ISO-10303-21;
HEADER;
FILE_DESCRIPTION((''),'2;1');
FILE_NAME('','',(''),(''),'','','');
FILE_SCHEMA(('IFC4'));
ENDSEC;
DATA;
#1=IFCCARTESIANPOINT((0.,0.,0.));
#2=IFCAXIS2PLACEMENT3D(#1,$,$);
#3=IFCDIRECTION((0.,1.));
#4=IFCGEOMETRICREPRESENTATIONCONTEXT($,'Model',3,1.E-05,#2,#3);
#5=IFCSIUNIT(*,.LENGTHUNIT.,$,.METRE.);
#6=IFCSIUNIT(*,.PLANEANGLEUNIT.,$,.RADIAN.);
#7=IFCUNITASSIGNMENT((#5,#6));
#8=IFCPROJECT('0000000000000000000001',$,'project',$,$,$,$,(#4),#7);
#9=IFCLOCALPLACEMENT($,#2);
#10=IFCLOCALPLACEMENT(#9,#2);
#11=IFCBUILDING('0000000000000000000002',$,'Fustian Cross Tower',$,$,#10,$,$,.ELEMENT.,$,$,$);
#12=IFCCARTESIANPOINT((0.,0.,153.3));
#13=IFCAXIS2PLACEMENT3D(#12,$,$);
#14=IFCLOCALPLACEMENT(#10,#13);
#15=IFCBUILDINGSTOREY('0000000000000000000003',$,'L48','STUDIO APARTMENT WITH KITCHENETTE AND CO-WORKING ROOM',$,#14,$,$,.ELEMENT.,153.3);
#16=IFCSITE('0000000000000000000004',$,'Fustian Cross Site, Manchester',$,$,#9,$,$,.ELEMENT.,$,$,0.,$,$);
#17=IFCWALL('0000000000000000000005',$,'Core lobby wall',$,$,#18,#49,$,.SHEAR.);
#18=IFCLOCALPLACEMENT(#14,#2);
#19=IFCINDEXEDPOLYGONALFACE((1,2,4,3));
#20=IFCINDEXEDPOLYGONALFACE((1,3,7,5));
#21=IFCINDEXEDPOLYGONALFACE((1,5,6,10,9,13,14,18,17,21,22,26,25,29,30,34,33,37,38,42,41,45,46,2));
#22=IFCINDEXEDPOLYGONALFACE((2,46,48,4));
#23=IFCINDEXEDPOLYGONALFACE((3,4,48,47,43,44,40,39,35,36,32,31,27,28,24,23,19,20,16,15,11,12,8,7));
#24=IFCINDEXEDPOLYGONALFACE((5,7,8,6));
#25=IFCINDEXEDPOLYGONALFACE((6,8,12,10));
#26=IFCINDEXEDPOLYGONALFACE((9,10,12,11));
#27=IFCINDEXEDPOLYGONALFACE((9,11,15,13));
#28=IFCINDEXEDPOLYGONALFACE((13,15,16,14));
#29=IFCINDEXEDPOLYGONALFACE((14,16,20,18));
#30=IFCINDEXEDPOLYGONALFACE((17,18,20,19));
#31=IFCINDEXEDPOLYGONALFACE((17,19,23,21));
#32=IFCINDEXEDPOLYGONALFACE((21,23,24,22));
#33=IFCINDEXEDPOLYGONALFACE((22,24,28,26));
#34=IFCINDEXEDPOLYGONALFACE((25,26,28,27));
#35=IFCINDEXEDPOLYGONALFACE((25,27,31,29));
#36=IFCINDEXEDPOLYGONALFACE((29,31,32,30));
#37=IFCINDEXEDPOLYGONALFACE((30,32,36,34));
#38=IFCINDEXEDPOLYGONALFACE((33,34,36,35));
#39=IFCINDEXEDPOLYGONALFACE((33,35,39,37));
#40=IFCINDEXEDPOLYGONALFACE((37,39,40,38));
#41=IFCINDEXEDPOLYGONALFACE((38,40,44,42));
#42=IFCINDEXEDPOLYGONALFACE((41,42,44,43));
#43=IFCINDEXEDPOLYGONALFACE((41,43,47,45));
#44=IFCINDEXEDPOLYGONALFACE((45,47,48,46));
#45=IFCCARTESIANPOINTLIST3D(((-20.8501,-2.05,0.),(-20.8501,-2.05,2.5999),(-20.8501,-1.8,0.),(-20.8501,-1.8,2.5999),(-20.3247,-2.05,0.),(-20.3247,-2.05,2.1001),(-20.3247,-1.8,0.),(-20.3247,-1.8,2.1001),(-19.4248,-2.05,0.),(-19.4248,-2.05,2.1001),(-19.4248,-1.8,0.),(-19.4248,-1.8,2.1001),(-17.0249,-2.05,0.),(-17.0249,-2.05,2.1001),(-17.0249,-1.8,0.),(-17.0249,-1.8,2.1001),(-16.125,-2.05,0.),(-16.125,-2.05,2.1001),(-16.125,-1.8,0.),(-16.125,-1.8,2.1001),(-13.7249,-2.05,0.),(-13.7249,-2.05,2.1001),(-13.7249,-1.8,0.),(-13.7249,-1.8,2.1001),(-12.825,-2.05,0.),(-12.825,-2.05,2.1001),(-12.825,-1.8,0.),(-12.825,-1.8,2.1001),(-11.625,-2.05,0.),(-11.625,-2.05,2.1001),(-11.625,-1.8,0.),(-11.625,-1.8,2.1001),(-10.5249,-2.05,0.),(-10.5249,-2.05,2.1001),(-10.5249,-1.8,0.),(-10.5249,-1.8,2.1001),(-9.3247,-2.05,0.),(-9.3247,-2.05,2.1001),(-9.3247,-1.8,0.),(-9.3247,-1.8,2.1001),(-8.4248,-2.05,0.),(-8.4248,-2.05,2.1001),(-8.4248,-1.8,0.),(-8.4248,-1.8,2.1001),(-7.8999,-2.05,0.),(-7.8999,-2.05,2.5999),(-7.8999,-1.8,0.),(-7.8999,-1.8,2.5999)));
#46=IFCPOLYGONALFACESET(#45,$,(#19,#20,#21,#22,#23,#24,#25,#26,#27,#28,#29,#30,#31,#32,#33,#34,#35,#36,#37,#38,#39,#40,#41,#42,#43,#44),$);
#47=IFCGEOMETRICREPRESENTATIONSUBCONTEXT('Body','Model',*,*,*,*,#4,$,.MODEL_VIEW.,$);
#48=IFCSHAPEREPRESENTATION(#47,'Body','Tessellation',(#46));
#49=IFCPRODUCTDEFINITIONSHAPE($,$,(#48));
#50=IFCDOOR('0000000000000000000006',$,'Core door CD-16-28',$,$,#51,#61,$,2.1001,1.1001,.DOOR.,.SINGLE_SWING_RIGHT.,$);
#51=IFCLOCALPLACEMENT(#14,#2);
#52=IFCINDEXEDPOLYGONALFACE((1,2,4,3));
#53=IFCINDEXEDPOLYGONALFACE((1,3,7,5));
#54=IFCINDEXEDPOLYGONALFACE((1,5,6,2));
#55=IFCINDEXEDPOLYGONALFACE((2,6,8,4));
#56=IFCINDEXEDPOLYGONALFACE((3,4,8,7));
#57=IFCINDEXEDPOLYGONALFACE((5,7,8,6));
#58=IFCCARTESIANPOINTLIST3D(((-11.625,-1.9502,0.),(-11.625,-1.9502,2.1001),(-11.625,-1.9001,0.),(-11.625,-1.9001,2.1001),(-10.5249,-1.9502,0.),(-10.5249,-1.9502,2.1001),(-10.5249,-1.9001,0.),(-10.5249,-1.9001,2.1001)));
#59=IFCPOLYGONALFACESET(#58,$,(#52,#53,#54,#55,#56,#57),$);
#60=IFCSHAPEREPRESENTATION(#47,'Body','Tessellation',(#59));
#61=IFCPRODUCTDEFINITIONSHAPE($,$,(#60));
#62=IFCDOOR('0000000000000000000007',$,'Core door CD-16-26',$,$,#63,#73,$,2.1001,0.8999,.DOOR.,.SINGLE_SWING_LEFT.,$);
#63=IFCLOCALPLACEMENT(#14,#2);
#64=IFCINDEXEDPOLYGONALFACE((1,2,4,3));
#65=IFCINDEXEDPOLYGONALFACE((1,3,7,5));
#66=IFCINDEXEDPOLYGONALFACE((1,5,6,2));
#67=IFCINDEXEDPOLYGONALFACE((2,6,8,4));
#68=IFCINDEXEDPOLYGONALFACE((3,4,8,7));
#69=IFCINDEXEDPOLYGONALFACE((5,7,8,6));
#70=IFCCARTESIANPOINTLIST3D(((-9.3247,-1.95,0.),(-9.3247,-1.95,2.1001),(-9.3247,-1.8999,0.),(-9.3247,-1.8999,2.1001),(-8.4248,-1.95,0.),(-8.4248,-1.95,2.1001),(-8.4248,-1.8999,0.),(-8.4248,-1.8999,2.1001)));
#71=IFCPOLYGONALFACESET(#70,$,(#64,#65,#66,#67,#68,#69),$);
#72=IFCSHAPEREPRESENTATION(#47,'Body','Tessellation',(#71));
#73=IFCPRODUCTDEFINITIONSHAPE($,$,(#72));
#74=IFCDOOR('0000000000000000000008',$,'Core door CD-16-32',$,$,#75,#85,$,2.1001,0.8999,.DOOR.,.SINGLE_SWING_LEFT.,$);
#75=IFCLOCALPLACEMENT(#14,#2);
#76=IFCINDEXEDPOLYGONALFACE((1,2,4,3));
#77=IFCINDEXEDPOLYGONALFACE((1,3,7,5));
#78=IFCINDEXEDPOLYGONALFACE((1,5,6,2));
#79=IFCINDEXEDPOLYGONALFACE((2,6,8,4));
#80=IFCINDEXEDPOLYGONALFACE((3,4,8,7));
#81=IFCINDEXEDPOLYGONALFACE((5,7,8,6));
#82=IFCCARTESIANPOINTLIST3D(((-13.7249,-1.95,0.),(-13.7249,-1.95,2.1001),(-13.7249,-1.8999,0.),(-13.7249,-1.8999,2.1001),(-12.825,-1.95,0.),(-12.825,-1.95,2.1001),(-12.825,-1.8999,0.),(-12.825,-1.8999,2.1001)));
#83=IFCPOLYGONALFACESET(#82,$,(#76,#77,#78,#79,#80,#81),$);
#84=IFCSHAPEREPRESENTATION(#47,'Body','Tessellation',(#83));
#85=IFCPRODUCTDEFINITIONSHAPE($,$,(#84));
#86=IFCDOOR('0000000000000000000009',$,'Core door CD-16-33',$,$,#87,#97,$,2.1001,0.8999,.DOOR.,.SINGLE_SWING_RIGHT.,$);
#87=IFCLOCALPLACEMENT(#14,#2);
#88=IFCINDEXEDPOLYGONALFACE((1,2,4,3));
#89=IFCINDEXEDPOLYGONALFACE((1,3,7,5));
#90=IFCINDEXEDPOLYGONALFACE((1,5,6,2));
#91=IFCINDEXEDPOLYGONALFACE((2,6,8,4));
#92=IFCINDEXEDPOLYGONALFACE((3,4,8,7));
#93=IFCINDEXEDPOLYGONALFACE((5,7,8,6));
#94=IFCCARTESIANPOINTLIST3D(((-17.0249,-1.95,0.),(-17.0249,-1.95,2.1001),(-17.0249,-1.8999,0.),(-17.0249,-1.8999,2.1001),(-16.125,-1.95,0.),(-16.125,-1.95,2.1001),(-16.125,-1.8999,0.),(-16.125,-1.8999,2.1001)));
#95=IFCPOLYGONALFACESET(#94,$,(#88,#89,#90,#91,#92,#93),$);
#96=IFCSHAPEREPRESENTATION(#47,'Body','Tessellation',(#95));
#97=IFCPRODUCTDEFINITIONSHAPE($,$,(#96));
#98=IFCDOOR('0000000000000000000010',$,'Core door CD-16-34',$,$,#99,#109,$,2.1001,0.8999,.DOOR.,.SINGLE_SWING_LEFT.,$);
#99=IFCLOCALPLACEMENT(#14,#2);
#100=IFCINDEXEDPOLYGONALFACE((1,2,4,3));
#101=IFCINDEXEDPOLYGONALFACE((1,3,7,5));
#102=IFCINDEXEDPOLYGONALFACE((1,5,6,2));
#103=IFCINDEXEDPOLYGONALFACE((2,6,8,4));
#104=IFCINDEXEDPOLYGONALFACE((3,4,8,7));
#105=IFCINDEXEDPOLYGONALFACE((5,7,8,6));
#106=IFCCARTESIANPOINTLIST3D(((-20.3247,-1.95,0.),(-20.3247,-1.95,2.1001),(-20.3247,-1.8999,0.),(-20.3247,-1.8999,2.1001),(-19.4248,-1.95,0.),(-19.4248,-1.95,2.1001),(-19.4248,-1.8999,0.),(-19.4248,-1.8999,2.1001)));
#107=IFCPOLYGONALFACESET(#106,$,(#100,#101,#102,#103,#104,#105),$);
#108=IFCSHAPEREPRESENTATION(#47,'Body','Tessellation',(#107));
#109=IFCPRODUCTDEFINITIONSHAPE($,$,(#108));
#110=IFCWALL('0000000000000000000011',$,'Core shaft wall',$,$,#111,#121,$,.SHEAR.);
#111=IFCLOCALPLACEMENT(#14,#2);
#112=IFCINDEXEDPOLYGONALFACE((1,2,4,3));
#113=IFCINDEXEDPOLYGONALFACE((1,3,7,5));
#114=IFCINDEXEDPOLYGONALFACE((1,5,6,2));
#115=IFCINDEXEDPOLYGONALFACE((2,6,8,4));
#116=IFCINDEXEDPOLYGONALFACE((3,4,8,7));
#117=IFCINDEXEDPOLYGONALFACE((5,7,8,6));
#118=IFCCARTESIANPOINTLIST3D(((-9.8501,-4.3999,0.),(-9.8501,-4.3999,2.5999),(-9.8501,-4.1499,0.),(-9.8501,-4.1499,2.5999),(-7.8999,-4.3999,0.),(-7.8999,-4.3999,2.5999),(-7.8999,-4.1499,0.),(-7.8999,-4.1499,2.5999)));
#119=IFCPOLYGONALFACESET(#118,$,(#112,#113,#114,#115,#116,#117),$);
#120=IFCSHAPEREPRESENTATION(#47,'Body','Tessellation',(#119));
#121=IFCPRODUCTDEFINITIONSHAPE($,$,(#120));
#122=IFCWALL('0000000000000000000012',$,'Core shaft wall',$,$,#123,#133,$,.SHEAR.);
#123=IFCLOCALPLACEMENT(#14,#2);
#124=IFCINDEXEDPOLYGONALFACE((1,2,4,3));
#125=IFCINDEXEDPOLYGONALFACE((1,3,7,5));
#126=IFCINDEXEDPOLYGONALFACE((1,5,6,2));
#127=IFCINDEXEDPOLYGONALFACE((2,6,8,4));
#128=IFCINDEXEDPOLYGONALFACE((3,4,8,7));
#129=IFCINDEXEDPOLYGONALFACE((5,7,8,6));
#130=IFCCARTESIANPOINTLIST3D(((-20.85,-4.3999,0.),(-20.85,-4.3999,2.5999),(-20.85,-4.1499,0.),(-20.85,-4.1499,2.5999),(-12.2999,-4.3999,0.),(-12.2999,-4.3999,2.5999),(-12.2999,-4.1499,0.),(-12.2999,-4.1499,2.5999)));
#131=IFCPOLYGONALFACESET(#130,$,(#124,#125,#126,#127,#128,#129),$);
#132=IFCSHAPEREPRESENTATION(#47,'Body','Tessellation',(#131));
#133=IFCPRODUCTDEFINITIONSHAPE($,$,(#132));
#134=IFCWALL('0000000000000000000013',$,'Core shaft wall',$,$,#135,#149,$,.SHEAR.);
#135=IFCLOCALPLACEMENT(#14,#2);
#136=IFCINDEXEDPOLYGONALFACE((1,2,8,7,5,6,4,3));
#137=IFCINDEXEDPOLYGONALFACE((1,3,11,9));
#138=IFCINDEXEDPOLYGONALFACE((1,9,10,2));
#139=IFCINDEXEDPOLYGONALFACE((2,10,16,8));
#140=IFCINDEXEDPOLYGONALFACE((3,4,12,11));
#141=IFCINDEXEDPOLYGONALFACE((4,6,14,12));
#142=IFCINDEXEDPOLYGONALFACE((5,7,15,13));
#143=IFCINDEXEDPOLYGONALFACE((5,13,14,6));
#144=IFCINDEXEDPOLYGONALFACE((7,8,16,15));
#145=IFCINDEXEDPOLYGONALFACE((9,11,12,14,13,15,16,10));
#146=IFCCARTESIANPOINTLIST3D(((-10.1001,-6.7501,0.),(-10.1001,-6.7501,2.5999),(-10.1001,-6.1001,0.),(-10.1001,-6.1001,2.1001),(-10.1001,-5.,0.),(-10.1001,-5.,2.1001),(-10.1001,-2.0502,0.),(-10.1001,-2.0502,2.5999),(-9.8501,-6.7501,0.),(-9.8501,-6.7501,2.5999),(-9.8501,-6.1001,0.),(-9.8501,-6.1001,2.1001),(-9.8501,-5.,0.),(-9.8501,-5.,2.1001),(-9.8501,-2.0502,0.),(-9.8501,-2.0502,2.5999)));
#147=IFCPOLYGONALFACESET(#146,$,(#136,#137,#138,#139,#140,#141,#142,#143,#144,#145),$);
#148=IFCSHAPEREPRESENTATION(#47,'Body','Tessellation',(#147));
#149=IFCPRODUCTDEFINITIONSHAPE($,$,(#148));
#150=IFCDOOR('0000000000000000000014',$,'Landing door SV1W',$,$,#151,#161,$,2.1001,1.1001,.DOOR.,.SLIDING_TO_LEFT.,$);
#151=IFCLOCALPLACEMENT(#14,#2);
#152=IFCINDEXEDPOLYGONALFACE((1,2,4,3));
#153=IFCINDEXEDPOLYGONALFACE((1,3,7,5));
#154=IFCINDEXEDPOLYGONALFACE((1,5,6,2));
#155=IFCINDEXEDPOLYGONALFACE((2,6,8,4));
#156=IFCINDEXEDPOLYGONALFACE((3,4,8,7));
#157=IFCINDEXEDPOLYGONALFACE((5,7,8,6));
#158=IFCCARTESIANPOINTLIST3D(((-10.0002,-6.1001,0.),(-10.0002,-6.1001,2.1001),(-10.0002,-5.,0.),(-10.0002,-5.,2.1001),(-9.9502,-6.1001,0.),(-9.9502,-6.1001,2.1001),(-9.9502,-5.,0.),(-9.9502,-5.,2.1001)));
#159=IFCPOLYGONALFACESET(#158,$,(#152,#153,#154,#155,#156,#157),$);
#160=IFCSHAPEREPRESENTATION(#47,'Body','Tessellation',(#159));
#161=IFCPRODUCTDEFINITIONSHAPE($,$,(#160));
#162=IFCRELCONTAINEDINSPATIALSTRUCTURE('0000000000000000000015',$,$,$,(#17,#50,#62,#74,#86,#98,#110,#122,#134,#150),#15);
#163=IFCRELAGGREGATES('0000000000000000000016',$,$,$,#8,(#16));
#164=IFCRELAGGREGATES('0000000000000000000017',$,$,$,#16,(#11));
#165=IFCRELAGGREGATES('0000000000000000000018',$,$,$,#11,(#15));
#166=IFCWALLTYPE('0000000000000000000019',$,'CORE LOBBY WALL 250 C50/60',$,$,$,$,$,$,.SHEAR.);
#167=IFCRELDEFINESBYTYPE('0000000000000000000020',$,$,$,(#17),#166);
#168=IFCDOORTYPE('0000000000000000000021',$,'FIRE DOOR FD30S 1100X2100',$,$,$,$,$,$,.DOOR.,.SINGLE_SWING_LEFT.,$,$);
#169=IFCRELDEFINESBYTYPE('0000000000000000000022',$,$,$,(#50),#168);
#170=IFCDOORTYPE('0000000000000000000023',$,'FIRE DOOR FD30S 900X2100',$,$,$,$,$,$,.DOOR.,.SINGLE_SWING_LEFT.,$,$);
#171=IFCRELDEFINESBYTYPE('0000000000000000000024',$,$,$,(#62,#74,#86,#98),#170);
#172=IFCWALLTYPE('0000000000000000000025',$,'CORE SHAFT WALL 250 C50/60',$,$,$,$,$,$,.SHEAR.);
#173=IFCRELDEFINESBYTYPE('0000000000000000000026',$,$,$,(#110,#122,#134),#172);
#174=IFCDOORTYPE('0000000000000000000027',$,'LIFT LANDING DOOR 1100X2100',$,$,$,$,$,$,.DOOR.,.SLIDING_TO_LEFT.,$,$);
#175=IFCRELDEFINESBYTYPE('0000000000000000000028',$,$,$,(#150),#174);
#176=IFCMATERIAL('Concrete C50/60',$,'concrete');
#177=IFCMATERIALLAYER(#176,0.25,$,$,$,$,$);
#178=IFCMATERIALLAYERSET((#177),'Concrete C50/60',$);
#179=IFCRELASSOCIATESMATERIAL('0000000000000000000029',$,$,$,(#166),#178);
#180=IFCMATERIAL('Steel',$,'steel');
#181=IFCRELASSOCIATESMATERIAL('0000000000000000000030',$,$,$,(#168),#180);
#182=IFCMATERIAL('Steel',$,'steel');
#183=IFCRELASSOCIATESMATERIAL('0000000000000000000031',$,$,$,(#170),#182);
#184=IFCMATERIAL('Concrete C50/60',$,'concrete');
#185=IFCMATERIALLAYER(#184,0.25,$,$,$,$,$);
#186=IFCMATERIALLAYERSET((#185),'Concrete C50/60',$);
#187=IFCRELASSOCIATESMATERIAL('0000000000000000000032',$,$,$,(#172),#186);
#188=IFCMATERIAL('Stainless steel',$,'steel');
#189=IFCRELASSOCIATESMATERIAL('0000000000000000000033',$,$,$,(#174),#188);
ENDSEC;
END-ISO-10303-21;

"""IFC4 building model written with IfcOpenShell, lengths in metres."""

from ifc_helpers import new_model, si_unit, direction, frame, frame_2d, origin, place, context, subcontext, project, spatial, rectangle, extrude, material, layer, layer_set, type_object, element, fill, save


model = new_model("IFC4")

# Units and contexts
model_context = context("Model", 3, precision=1e-05, world=origin(), true_north=direction((0.0, 1.0)))
body_context = subcontext(model_context, "Body", "Model", "MODEL_VIEW")
ifc_project = project(units=[si_unit("LENGTHUNIT", "METRE"), si_unit("PLANEANGLEUNIT", "RADIAN")], contexts=[model_context])

# Site, building, storey
site_placement = place(None, origin())
site = spatial("IfcSite", under=ifc_project, at=site_placement, Name="Fustian Cross Site, Manchester", CompositionType="ELEMENT", RefElevation=0.0)
building_placement = place(site_placement, origin())
building = spatial("IfcBuilding", under=site, at=building_placement, Name="Fustian Cross Tower", CompositionType="ELEMENT")
storey_placement = place(building_placement, frame((0.0, 0.0, 153.3)))
storey = spatial("IfcBuildingStorey", under=building, at=storey_placement, Name="L48", Description="STUDIO APARTMENT WITH KITCHENETTE AND CO-WORKING ROOM", CompositionType="ELEMENT", Elevation=153.3)

# Wall, openings, doors
ifc_material_1 = material(Name="Concrete C50/60", Category="concrete")
ifc_layer_1 = layer(ifc_material_1, 0.25)
ifc_layer_set_1 = layer_set([ifc_layer_1], Name="Concrete C50/60")
wall_type_1 = type_object("IfcWallType", Name="CORE LOBBY WALL 250 C50/60", PredefinedType="SHEAR", material=ifc_layer_set_1)
wall_1_placement = place(storey_placement, frame((-7.8999, -1.925, 0.0), z_axis=(0.0, 0.0, 1.0), x_axis=(-1.0, 0.0, 0.0)))
wall_1 = element("IfcWall", 1, at=wall_1_placement, inside=storey, type_object=wall_type_1, Name="Core lobby wall", PredefinedType="SHEAR", context=body_context, shape_type="SweptSolid", body=[
    extrude(rectangle(XDim=12.9502, YDim=0.25, at=frame_2d((6.4751, 0.0))), origin(), (0.0, 0.0, 1.0), 2.5999),
])
opening_1_placement = place(wall_1_placement, frame((0.5249, 0.0, 0.0)))
opening_1 = element("IfcOpeningElement", 2, at=opening_1_placement, cuts=wall_1, PredefinedType="OPENING", context=body_context, shape_type="SweptSolid", body=[
    extrude(rectangle(XDim=0.8999, YDim=2.1001, at=frame_2d((0.45, 1.05))), frame((0.0, 0.135, 0.0), z_axis=(0.0, -1.0, 0.0), x_axis=(1.0, 0.0, 0.0)), (0.0, 0.0, 1.0), 0.27),
])
opening_2_placement = place(wall_1_placement, frame((2.625, 0.0, 0.0)))
opening_2 = element("IfcOpeningElement", 3, at=opening_2_placement, cuts=wall_1, PredefinedType="OPENING", context=body_context, shape_type="SweptSolid", body=[
    extrude(rectangle(XDim=1.1001, YDim=2.1001, at=frame_2d((0.55, 1.05))), frame((0.0, 0.135, 0.0), z_axis=(0.0, -1.0, 0.0), x_axis=(1.0, 0.0, 0.0)), (0.0, 0.0, 1.0), 0.27),
])
opening_3_placement = place(wall_1_placement, frame((4.925, 0.0, 0.0)))
opening_3 = element("IfcOpeningElement", 4, at=opening_3_placement, cuts=wall_1, PredefinedType="OPENING", context=body_context, shape_type="SweptSolid", body=[
    extrude(rectangle(XDim=0.8999, YDim=2.1001, at=frame_2d((0.45, 1.05))), frame((0.0, 0.135, 0.0), z_axis=(0.0, -1.0, 0.0), x_axis=(1.0, 0.0, 0.0)), (0.0, 0.0, 1.0), 0.27),
])
opening_4_placement = place(wall_1_placement, frame((8.2251, 0.0, 0.0)))
opening_4 = element("IfcOpeningElement", 5, at=opening_4_placement, cuts=wall_1, PredefinedType="OPENING", context=body_context, shape_type="SweptSolid", body=[
    extrude(rectangle(XDim=0.8999, YDim=2.1001, at=frame_2d((0.45, 1.05))), frame((0.0, 0.135, 0.0), z_axis=(0.0, -1.0, 0.0), x_axis=(1.0, 0.0, 0.0)), (0.0, 0.0, 1.0), 0.27),
])
opening_5_placement = place(wall_1_placement, frame((11.5249, 0.0, 0.0)))
opening_5 = element("IfcOpeningElement", 6, at=opening_5_placement, cuts=wall_1, PredefinedType="OPENING", context=body_context, shape_type="SweptSolid", body=[
    extrude(rectangle(XDim=0.8999, YDim=2.1001, at=frame_2d((0.45, 1.05))), frame((0.0, 0.135, 0.0), z_axis=(0.0, -1.0, 0.0), x_axis=(1.0, 0.0, 0.0)), (0.0, 0.0, 1.0), 0.27),
])
ifc_material_2 = material(Name="Steel", Category="steel")
door_type_1 = type_object("IfcDoorType", Name="FIRE DOOR FD30S 1100X2100", OperationType="SINGLE_SWING_LEFT", PredefinedType="DOOR", material=ifc_material_2)
door_1_placement = place(opening_2_placement, frame((1.1001, 0.0, 0.0), z_axis=(0.0, 0.0, 1.0), x_axis=(-1.0, 0.0, 0.0)))
door_1 = element("IfcDoor", 7, at=door_1_placement, inside=storey, type_object=door_type_1, Name="Core door CD-16-28", OperationType="SINGLE_SWING_RIGHT", OverallHeight=2.1001, OverallWidth=1.1001, PredefinedType="DOOR", context=body_context, shape_type="SweptSolid", body=[
    extrude(rectangle(XDim=1.1001, YDim=2.1001, at=frame_2d((0.55, 1.05))), frame((0.0, 0.0249, 0.0), z_axis=(0.0, -1.0, 0.0), x_axis=(1.0, 0.0, 0.0)), (0.0, 0.0, 1.0), 0.05),
])
fill(opening_2, door_1)
ifc_material_3 = material(Name="Steel", Category="steel")
door_type_2 = type_object("IfcDoorType", Name="FIRE DOOR FD30S 900X2100", OperationType="SINGLE_SWING_LEFT", PredefinedType="DOOR", material=ifc_material_3)
door_2_placement = place(opening_1_placement, origin())
door_2 = element("IfcDoor", 8, at=door_2_placement, inside=storey, type_object=door_type_2, Name="Core door CD-16-26", OperationType="SINGLE_SWING_LEFT", OverallHeight=2.1001, OverallWidth=0.8999, PredefinedType="DOOR", context=body_context, shape_type="SweptSolid", body=[
    extrude(rectangle(XDim=0.8999, YDim=2.1001, at=frame_2d((0.45, 1.05))), frame((0.0, 0.0249, 0.0), z_axis=(0.0, -1.0, 0.0), x_axis=(1.0, 0.0, 0.0)), (0.0, 0.0, 1.0), 0.05),
])
fill(opening_1, door_2)
door_3_placement = place(opening_3_placement, origin())
door_3 = element("IfcDoor", 9, at=door_3_placement, inside=storey, type_object=door_type_2, Name="Core door CD-16-32", OperationType="SINGLE_SWING_LEFT", OverallHeight=2.1001, OverallWidth=0.8999, PredefinedType="DOOR", context=body_context, shape_type="SweptSolid", body=[
    extrude(rectangle(XDim=0.8999, YDim=2.1001, at=frame_2d((0.45, 1.05))), frame((0.0, 0.0249, 0.0), z_axis=(0.0, -1.0, 0.0), x_axis=(1.0, 0.0, 0.0)), (0.0, 0.0, 1.0), 0.05),
])
fill(opening_3, door_3)
door_4_placement = place(opening_4_placement, origin())
door_4 = element("IfcDoor", 10, at=door_4_placement, inside=storey, type_object=door_type_2, Name="Core door CD-16-33", OperationType="SINGLE_SWING_RIGHT", OverallHeight=2.1001, OverallWidth=0.8999, PredefinedType="DOOR", context=body_context, shape_type="SweptSolid", body=[
    extrude(rectangle(XDim=0.8999, YDim=2.1001, at=frame_2d((0.45, 1.05))), frame((0.0, 0.0249, 0.0), z_axis=(0.0, -1.0, 0.0), x_axis=(1.0, 0.0, 0.0)), (0.0, 0.0, 1.0), 0.05),
])
fill(opening_4, door_4)
door_5_placement = place(opening_5_placement, origin())
door_5 = element("IfcDoor", 11, at=door_5_placement, inside=storey, type_object=door_type_2, Name="Core door CD-16-34", OperationType="SINGLE_SWING_LEFT", OverallHeight=2.1001, OverallWidth=0.8999, PredefinedType="DOOR", context=body_context, shape_type="SweptSolid", body=[
    extrude(rectangle(XDim=0.8999, YDim=2.1001, at=frame_2d((0.45, 1.05))), frame((0.0, 0.0249, 0.0), z_axis=(0.0, -1.0, 0.0), x_axis=(1.0, 0.0, 0.0)), (0.0, 0.0, 1.0), 0.05),
])
fill(opening_5, door_5)

# Walls
ifc_material_4 = material(Name="Concrete C50/60", Category="concrete")
ifc_layer_2 = layer(ifc_material_4, 0.25)
ifc_layer_set_2 = layer_set([ifc_layer_2], Name="Concrete C50/60")
wall_type_2 = type_object("IfcWallType", Name="CORE SHAFT WALL 250 C50/60", PredefinedType="SHEAR", material=ifc_layer_set_2)
wall_2_placement = place(storey_placement, frame((-7.8999, -4.2749, 0.0), z_axis=(0.0, 0.0, 1.0), x_axis=(-1.0, 0.0, 0.0)))
element("IfcWall", 12, at=wall_2_placement, inside=storey, type_object=wall_type_2, Name="Core shaft wall", PredefinedType="SHEAR", context=body_context, shape_type="SweptSolid", body=[
    extrude(rectangle(XDim=1.9502, YDim=0.25, at=frame_2d((0.9751, 0.0))), origin(), (0.0, 0.0, 1.0), 2.5999),
])
wall_3_placement = place(storey_placement, frame((-12.3, -4.2749, 0.0), z_axis=(0.0, 0.0, 1.0), x_axis=(-1.0, 0.0, 0.0)))
element("IfcWall", 13, at=wall_3_placement, inside=storey, type_object=wall_type_2, Name="Core shaft wall", PredefinedType="SHEAR", context=body_context, shape_type="SweptSolid", body=[
    extrude(rectangle(XDim=8.55, YDim=0.25, at=frame_2d((4.2749, 0.0))), origin(), (0.0, 0.0, 1.0), 2.5999),
])

# Wall, opening, door
wall_4_placement = place(storey_placement, frame((-9.9751, -2.05, 0.0), z_axis=(0.0, 0.0, 1.0), x_axis=(0.0, -1.0, 0.0)))
wall_4 = element("IfcWall", 14, at=wall_4_placement, inside=storey, type_object=wall_type_2, Name="Core shaft wall", PredefinedType="SHEAR", context=body_context, shape_type="SweptSolid", body=[
    extrude(rectangle(XDim=4.7, YDim=0.25, at=frame_2d((2.3501, 0.0))), origin(), (0.0, 0.0, 1.0), 2.5999),
])
opening_6_placement = place(wall_4_placement, frame((2.95, 0.0, 0.0)))
opening_6 = element("IfcOpeningElement", 15, at=opening_6_placement, cuts=wall_4, PredefinedType="OPENING", context=body_context, shape_type="SweptSolid", body=[
    extrude(rectangle(XDim=1.1001, YDim=2.1001, at=frame_2d((0.55, 1.05))), frame((0.0, 0.135, 0.0), z_axis=(0.0, -1.0, 0.0), x_axis=(1.0, 0.0, 0.0)), (0.0, 0.0, 1.0), 0.27),
])
ifc_material_5 = material(Name="Stainless steel", Category="steel")
door_type_3 = type_object("IfcDoorType", Name="LIFT LANDING DOOR 1100X2100", OperationType="SLIDING_TO_LEFT", PredefinedType="DOOR", material=ifc_material_5)
door_6_placement = place(opening_6_placement, origin())
door_6 = element("IfcDoor", 16, at=door_6_placement, inside=storey, type_object=door_type_3, Name="Landing door SV1W", OperationType="SLIDING_TO_LEFT", OverallHeight=2.1001, OverallWidth=1.1001, PredefinedType="DOOR", context=body_context, shape_type="SweptSolid", body=[
    extrude(rectangle(XDim=1.1001, YDim=2.1001, at=frame_2d((0.55, 1.05))), frame((0.0, 0.0249, 0.0), z_axis=(0.0, -1.0, 0.0), x_axis=(1.0, 0.0, 0.0)), (0.0, 0.0, 1.0), 0.05),
])
fill(opening_6, door_6)

save(model, "model.ifc")
